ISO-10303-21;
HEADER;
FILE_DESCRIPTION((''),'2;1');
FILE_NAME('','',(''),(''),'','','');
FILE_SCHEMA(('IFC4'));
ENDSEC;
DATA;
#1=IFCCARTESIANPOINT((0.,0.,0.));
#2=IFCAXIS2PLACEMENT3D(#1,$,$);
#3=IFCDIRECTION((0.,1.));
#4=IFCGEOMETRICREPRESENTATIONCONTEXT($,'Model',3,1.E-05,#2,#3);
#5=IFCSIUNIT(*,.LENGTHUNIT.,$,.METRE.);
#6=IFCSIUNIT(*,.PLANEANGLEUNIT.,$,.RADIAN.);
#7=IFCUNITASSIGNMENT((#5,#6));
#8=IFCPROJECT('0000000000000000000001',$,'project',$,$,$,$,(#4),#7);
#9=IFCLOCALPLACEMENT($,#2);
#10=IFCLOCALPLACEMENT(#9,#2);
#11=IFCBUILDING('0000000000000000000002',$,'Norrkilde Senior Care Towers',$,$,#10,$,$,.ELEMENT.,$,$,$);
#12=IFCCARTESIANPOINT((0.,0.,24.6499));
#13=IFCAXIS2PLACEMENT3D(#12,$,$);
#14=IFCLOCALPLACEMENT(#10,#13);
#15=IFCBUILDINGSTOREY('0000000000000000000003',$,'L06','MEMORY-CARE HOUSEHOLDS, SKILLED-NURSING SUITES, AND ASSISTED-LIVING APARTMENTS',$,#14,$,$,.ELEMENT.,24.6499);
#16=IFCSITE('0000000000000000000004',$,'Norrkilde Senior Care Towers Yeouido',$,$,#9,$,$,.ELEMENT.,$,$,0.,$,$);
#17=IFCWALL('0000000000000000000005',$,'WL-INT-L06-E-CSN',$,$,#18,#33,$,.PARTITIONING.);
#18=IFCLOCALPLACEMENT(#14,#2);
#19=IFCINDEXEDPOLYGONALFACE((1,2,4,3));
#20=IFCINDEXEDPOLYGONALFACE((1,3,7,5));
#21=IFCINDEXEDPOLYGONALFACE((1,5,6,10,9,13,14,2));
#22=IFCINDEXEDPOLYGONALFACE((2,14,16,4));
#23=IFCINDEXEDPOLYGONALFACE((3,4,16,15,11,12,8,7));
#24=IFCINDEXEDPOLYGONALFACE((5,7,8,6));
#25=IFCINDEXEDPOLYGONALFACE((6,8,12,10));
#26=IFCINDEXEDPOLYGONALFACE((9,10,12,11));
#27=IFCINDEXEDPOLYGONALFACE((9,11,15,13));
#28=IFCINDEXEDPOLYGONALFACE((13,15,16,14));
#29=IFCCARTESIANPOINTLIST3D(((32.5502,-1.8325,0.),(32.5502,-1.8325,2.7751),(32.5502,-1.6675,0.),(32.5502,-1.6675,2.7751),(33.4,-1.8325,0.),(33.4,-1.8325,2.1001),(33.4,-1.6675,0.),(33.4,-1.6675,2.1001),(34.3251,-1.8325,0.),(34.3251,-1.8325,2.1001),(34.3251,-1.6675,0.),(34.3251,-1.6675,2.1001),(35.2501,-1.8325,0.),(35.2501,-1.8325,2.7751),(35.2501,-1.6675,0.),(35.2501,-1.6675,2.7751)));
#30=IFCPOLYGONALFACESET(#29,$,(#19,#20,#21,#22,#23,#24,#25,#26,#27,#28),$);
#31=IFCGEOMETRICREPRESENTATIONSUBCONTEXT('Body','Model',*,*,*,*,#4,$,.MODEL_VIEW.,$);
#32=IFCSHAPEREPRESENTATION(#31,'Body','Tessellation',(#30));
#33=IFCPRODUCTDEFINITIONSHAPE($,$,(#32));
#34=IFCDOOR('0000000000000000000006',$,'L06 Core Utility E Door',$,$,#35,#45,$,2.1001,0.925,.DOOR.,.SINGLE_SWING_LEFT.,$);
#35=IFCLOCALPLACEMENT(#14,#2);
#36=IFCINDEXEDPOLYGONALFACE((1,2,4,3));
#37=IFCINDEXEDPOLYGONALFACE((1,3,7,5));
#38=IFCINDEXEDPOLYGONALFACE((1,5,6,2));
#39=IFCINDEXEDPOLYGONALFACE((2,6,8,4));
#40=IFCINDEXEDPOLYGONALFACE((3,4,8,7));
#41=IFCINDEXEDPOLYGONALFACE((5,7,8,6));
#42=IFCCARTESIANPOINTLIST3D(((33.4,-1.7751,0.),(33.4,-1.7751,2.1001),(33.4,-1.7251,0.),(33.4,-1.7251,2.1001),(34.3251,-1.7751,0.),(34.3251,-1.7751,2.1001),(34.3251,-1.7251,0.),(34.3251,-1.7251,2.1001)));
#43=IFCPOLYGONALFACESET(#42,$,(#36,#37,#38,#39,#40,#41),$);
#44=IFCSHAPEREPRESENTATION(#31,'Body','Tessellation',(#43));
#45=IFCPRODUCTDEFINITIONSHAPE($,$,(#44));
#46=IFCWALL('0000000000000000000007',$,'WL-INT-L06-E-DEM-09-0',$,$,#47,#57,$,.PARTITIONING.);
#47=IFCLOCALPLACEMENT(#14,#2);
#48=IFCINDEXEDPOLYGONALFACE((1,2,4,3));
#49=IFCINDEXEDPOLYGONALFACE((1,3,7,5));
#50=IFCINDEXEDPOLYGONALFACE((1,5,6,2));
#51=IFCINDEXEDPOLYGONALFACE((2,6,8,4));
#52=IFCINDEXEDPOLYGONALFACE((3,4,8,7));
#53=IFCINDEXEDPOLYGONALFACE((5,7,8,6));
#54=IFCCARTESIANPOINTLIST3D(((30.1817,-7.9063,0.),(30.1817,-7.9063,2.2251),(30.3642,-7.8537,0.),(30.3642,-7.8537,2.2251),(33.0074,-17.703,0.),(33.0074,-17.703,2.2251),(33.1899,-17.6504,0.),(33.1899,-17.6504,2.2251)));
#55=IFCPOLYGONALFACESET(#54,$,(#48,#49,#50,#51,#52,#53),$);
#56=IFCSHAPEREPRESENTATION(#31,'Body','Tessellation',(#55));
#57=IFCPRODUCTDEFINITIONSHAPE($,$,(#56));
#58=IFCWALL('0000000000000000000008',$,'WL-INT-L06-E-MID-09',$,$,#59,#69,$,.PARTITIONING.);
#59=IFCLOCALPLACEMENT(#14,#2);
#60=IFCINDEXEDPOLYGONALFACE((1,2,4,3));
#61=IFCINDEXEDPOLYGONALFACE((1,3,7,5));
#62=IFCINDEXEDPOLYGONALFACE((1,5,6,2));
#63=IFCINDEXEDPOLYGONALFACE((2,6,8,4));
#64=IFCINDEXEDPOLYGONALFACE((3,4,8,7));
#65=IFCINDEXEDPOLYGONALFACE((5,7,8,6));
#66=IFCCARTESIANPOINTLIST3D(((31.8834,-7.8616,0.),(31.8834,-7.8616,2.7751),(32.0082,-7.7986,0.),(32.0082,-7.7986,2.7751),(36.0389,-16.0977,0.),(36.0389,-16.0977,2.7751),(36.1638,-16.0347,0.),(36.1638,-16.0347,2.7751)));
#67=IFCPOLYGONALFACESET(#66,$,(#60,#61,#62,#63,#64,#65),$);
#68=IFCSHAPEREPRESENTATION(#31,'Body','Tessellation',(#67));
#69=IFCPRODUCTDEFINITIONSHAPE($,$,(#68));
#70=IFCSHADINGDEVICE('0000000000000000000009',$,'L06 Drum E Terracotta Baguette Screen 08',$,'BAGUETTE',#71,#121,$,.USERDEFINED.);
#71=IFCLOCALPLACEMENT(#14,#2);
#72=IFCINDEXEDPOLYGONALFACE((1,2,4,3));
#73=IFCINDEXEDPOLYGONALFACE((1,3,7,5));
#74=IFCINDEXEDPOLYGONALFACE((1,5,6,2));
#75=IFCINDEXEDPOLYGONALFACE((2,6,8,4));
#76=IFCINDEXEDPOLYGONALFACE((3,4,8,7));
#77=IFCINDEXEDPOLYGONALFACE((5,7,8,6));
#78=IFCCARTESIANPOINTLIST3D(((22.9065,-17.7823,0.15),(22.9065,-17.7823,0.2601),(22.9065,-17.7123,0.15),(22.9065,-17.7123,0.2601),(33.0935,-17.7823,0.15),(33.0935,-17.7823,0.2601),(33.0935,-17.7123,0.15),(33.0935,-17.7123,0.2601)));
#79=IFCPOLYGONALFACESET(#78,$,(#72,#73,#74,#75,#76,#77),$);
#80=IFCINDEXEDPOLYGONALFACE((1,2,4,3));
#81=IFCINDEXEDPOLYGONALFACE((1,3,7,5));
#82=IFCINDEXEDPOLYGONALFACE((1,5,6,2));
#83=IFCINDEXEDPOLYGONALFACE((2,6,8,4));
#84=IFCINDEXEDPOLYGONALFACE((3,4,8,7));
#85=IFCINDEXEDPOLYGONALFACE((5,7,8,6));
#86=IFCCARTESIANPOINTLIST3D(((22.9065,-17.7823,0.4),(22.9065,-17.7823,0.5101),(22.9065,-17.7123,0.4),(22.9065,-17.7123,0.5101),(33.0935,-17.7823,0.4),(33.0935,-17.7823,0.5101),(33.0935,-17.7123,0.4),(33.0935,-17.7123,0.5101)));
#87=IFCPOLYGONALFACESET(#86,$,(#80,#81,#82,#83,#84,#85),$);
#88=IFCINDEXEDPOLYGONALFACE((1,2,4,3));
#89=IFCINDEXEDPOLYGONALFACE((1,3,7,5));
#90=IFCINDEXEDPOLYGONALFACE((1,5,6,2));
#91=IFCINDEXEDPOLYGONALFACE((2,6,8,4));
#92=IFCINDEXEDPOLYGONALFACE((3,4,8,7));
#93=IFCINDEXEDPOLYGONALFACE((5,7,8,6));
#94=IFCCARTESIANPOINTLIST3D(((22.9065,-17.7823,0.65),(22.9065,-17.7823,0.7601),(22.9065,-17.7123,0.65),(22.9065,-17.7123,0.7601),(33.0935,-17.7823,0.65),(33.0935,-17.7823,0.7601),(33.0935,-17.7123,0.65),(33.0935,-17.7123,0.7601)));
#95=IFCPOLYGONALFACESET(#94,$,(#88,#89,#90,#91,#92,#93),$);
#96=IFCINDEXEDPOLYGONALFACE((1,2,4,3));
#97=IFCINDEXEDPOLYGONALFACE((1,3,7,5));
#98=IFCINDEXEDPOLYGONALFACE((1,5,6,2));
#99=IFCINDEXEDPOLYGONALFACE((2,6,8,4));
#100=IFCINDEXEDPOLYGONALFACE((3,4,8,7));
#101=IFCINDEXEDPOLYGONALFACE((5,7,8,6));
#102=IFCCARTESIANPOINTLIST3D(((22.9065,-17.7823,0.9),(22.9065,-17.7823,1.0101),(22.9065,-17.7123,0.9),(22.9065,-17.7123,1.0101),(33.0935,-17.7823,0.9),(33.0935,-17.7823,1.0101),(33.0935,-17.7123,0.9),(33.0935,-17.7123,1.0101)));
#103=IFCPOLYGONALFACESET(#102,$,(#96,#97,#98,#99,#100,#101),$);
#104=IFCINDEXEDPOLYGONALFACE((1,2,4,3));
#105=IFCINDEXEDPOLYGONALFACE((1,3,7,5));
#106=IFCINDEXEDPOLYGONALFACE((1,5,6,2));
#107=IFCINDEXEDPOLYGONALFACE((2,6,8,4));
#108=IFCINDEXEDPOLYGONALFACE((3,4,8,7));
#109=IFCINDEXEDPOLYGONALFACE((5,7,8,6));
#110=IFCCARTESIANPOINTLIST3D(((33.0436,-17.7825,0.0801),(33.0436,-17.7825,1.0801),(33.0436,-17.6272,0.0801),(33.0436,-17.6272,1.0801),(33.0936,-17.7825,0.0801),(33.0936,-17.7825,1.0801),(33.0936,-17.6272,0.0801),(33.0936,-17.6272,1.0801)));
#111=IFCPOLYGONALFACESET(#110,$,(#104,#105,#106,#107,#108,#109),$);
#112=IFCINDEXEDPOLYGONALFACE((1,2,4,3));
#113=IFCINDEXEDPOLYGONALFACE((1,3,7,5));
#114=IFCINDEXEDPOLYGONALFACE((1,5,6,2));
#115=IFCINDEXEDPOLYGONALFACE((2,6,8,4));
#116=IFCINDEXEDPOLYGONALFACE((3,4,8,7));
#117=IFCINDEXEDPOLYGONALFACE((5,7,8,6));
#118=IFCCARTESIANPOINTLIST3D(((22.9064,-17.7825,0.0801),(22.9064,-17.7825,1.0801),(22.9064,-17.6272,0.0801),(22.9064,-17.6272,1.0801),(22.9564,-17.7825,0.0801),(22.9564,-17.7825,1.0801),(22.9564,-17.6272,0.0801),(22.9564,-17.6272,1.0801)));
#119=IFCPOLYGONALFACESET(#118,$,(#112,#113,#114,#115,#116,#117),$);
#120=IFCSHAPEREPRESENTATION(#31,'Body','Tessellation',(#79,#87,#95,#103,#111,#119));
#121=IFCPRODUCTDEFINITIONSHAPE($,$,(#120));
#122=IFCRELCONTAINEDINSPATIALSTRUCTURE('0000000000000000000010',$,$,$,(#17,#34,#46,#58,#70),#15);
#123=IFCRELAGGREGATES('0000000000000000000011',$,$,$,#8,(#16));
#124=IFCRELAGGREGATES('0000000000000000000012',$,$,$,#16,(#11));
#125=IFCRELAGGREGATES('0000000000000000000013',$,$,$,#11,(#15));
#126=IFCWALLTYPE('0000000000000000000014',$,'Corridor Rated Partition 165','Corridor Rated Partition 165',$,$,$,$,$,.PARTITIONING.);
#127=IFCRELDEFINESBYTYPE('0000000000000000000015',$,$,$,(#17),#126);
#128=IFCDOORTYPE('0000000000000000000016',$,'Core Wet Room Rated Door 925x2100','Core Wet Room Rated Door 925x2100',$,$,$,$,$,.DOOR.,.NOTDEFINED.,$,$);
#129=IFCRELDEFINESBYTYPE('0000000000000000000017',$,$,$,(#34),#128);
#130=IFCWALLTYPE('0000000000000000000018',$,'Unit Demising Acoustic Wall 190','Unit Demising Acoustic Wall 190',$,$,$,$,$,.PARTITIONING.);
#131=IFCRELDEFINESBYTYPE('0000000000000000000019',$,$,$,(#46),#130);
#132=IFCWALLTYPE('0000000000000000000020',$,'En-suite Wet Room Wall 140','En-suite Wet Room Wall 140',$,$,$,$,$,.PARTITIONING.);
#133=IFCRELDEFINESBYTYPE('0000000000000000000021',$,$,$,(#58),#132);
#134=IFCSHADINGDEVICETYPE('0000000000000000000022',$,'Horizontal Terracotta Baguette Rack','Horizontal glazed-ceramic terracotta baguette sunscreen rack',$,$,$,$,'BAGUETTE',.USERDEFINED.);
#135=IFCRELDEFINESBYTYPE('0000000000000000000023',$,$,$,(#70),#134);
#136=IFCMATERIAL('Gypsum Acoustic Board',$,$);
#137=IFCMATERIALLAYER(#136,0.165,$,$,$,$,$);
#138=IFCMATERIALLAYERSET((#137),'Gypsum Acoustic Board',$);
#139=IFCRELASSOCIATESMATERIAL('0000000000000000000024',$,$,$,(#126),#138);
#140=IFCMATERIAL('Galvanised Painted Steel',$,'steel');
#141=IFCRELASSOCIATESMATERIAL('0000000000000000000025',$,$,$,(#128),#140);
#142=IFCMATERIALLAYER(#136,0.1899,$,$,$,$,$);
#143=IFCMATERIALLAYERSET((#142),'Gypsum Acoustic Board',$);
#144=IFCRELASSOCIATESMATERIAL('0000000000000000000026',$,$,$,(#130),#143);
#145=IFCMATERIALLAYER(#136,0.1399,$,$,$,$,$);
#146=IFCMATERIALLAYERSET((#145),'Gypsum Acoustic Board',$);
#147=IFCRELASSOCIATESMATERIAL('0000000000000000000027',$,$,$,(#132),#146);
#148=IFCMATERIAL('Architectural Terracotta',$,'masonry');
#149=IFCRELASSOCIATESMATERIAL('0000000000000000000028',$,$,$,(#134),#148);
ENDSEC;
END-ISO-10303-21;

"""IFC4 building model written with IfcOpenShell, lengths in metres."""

from ifc_helpers import new_model, si_unit, direction, frame, frame_2d, origin, origin_2d, place, context, subcontext, project, spatial, rectangle, extrude, source, transform, mapped, material, layer, layer_set, type_object, type_shapes, element, fill, save


model = new_model("IFC4")

# Units and contexts
model_context = context("Model", 3, precision=1e-05, world=origin(), true_north=direction((0.0, 1.0)))
body_context = subcontext(model_context, "Body", "Model", "MODEL_VIEW")
ifc_project = project(units=[si_unit("LENGTHUNIT", "METRE"), si_unit("PLANEANGLEUNIT", "RADIAN")], contexts=[model_context])

# Site, building, storey
site_placement = place(None, origin())
site = spatial("IfcSite", under=ifc_project, at=site_placement, Name="Norrkilde Senior Care Towers Yeouido", CompositionType="ELEMENT", RefElevation=0.0)
building_placement = place(site_placement, origin())
building = spatial("IfcBuilding", under=site, at=building_placement, Name="Norrkilde Senior Care Towers", CompositionType="ELEMENT")
storey_placement = place(building_placement, frame((0.0, 0.0, 24.6499)))
storey = spatial("IfcBuildingStorey", under=building, at=storey_placement, Name="L06", Description="MEMORY-CARE HOUSEHOLDS, SKILLED-NURSING SUITES, AND ASSISTED-LIVING APARTMENTS", CompositionType="ELEMENT", Elevation=24.6499)

# Shared definitions
ifc_material_1 = material(Name="Galvanised Painted Steel", Category="steel")

# Shared definitions
ifc_material_2 = material(Name="Gypsum Acoustic Board")

# Wall, opening, door
ifc_layer_1 = layer(ifc_material_2, 0.165)
ifc_layer_set_1 = layer_set([ifc_layer_1], Name="Gypsum Acoustic Board")
wall_type_1 = type_object("IfcWallType", Name="Corridor Rated Partition 165", Description="Corridor Rated Partition 165", PredefinedType="PARTITIONING", material=ifc_layer_set_1)
shared_shape_1 = source(origin(), body_context, "Body", "SweptSolid", [
    extrude(rectangle(XDim=2.7, YDim=0.165, at=frame_2d((1.3501, 0.0))), origin(), (0.0, 0.0, 1.0), 2.7751),
])
type_shapes(wall_type_1, [shared_shape_1])
wall_1_placement = place(storey_placement, frame((32.55, -1.75, 0.0), z_axis=(0.0, 0.0, 1.0), x_axis=(1.0, 0.0, 0.0)))
wall_1 = element("IfcWall", 1, at=wall_1_placement, inside=storey, type_object=wall_type_1, Name="WL-INT-L06-E-CSN", PredefinedType="PARTITIONING", context=body_context, shape_type="MappedRepresentation", body=[
    mapped(shared_shape_1, transform((0.0, 0.0, 0.0), x_axis=(1.0, 0.0, 0.0), y_axis=(0.0, 1.0, 0.0), z_axis=(0.0, 0.0, 1.0), scale=1.0)),
])
opening_1_placement = place(wall_1_placement, frame((0.8501, 0.0, 0.0)))
opening_1 = element("IfcOpeningElement", 2, at=opening_1_placement, cuts=wall_1, PredefinedType="OPENING", context=body_context, shape_type="SweptSolid", body=[
    extrude(rectangle(XDim=0.925, YDim=2.1001, at=frame_2d((0.4624, 1.05))), frame((0.0, 0.0925, 0.0), z_axis=(0.0, -1.0, 0.0), x_axis=(1.0, 0.0, 0.0)), (0.0, 0.0, 1.0), 0.1851),
])
door_type_1 = type_object("IfcDoorType", Name="Core Wet Room Rated Door 925x2100", Description="Core Wet Room Rated Door 925x2100", OperationType="NOTDEFINED", PredefinedType="DOOR", material=ifc_material_1)
shared_shape_2 = source(origin(), body_context, "Body", "SweptSolid", [
    extrude(rectangle(XDim=0.925, YDim=2.1001, at=frame_2d((0.4624, 1.05))), frame((0.0, 0.0249, 0.0), z_axis=(0.0, -1.0, 0.0), x_axis=(1.0, 0.0, 0.0)), (0.0, 0.0, 1.0), 0.05),
])
type_shapes(door_type_1, [shared_shape_2])
door_1_placement = place(opening_1_placement, origin())
door_1 = element("IfcDoor", 3, at=door_1_placement, inside=storey, type_object=door_type_1, Name="L06 Core Utility E Door", OperationType="SINGLE_SWING_LEFT", OverallHeight=2.1001, OverallWidth=0.925, PredefinedType="DOOR", context=body_context, shape_type="MappedRepresentation", body=[
    mapped(shared_shape_2, transform((0.0, 0.0, 0.0), x_axis=(1.0, 0.0, 0.0), y_axis=(0.0, 1.0, 0.0), z_axis=(0.0, 0.0, 1.0), scale=1.0)),
])
fill(opening_1, door_1)

# Walls
ifc_layer_2 = layer(ifc_material_2, 0.1899)
ifc_layer_set_2 = layer_set([ifc_layer_2], Name="Gypsum Acoustic Board")
wall_type_2 = type_object("IfcWallType", Name="Unit Demising Acoustic Wall 190", Description="Unit Demising Acoustic Wall 190", PredefinedType="PARTITIONING", material=ifc_layer_set_2)
shared_shape_3 = source(origin(), body_context, "Body", "SweptSolid", [
    extrude(rectangle(XDim=10.196, YDim=0.1899, at=frame_2d((5.0981, 0.0))), origin(), (0.0, 0.0, 1.0), 2.2251),
])
type_shapes(wall_type_2, [shared_shape_3])
wall_2_placement = place(storey_placement, frame((30.2729, -7.8799, 0.0), z_axis=(0.0, 0.0, 1.0), x_axis=(0.277136, -0.960831, 0.0)))
element("IfcWall", 4, at=wall_2_placement, inside=storey, type_object=wall_type_2, Name="WL-INT-L06-E-DEM-09-0", PredefinedType="PARTITIONING", context=body_context, shape_type="MappedRepresentation", body=[
    mapped(shared_shape_3, transform((0.0, 0.0, 0.0), x_axis=(1.0, 0.0, 0.0), y_axis=(0.0, 1.0, 0.0), z_axis=(0.0, 0.0, 1.0), scale=1.0)),
])
ifc_layer_3 = layer(ifc_material_2, 0.1399)
ifc_layer_set_3 = layer_set([ifc_layer_3], Name="Gypsum Acoustic Board")
wall_type_3 = type_object("IfcWallType", Name="En-suite Wet Room Wall 140", Description="En-suite Wet Room Wall 140", PredefinedType="PARTITIONING", material=ifc_layer_set_3)
shared_shape_4 = source(origin(), body_context, "Body", "SweptSolid", [
    extrude(rectangle(XDim=9.2251, YDim=0.1399, at=frame_2d((4.6125, 0.0))), origin(), (0.0, 0.0, 1.0), 2.7751),
])
type_shapes(wall_type_3, [shared_shape_4])
wall_3_placement = place(storey_placement, frame((31.9458, -7.8301, 0.0), z_axis=(0.0, 0.0, 1.0), x_axis=(0.450461, -0.892796, 0.0)))
element("IfcWall", 5, at=wall_3_placement, inside=storey, type_object=wall_type_3, Name="WL-INT-L06-E-MID-09", PredefinedType="PARTITIONING", context=body_context, shape_type="MappedRepresentation", body=[
    mapped(shared_shape_4, transform((0.0, 0.0, 0.0), x_axis=(1.0, 0.0, 0.0), y_axis=(0.0, 1.0, 0.0), z_axis=(0.0, 0.0, 1.0), scale=1.0)),
])

# Shading device
ifc_material_3 = material(Name="Architectural Terracotta", Category="masonry")
shading_device_type = type_object("IfcShadingDeviceType", Name="Horizontal Terracotta Baguette Rack", Description="Horizontal glazed-ceramic terracotta baguette sunscreen rack", ElementType="BAGUETTE", PredefinedType="USERDEFINED", material=ifc_material_3)
shared_shape_5 = source(origin(), body_context, "Body", "SweptSolid", [
    extrude(rectangle(XDim=0.0701, YDim=0.1101, at=origin_2d()), frame((0.0, 0.0901, 0.125), z_axis=(1.0, 0.0, 0.0), x_axis=(0.0, 1.0, 0.0)), (0.0, 0.0, 1.0), 10.187),
    extrude(rectangle(XDim=0.0701, YDim=0.1101, at=origin_2d()), frame((0.0, 0.0901, 0.375), z_axis=(1.0, 0.0, 0.0), x_axis=(0.0, 1.0, 0.0)), (0.0, 0.0, 1.0), 10.187),
    extrude(rectangle(XDim=0.0701, YDim=0.1101, at=origin_2d()), frame((0.0, 0.0901, 0.625), z_axis=(1.0, 0.0, 0.0), x_axis=(0.0, 1.0, 0.0)), (0.0, 0.0, 1.0), 10.187),
    extrude(rectangle(XDim=0.0701, YDim=0.1101, at=origin_2d()), frame((0.0, 0.0901, 0.875), z_axis=(1.0, 0.0, 0.0), x_axis=(0.0, 1.0, 0.0)), (0.0, 0.0, 1.0), 10.187),
    extrude(rectangle(XDim=0.05, YDim=0.1553, at=origin_2d()), frame((0.0249, 0.0476, 0.0)), (0.0, 0.0, 1.0), 1.0),
    extrude(rectangle(XDim=0.05, YDim=0.1553, at=origin_2d()), frame((10.1621, 0.0476, 0.0)), (0.0, 0.0, 1.0), 1.0),
])
type_shapes(shading_device_type, [shared_shape_5])
shading_device_placement = place(storey_placement, frame((33.0935, -17.6572, 0.0801), z_axis=(0.0, 0.0, 1.0), x_axis=(-1.0, 0.0, 0.0)))
element("IfcShadingDevice", 6, at=shading_device_placement, inside=storey, type_object=shading_device_type, Name="L06 Drum E Terracotta Baguette Screen 08", ObjectType="BAGUETTE", PredefinedType="USERDEFINED", context=body_context, shape_type="MappedRepresentation", body=[
    mapped(shared_shape_5, transform((0.0, 0.0, 0.0), x_axis=(1.0, 0.0, 0.0), y_axis=(0.0, 1.0, 0.0), z_axis=(0.0, 0.0, 1.0), scale=1.0)),
])

save(model, "model.ifc")
